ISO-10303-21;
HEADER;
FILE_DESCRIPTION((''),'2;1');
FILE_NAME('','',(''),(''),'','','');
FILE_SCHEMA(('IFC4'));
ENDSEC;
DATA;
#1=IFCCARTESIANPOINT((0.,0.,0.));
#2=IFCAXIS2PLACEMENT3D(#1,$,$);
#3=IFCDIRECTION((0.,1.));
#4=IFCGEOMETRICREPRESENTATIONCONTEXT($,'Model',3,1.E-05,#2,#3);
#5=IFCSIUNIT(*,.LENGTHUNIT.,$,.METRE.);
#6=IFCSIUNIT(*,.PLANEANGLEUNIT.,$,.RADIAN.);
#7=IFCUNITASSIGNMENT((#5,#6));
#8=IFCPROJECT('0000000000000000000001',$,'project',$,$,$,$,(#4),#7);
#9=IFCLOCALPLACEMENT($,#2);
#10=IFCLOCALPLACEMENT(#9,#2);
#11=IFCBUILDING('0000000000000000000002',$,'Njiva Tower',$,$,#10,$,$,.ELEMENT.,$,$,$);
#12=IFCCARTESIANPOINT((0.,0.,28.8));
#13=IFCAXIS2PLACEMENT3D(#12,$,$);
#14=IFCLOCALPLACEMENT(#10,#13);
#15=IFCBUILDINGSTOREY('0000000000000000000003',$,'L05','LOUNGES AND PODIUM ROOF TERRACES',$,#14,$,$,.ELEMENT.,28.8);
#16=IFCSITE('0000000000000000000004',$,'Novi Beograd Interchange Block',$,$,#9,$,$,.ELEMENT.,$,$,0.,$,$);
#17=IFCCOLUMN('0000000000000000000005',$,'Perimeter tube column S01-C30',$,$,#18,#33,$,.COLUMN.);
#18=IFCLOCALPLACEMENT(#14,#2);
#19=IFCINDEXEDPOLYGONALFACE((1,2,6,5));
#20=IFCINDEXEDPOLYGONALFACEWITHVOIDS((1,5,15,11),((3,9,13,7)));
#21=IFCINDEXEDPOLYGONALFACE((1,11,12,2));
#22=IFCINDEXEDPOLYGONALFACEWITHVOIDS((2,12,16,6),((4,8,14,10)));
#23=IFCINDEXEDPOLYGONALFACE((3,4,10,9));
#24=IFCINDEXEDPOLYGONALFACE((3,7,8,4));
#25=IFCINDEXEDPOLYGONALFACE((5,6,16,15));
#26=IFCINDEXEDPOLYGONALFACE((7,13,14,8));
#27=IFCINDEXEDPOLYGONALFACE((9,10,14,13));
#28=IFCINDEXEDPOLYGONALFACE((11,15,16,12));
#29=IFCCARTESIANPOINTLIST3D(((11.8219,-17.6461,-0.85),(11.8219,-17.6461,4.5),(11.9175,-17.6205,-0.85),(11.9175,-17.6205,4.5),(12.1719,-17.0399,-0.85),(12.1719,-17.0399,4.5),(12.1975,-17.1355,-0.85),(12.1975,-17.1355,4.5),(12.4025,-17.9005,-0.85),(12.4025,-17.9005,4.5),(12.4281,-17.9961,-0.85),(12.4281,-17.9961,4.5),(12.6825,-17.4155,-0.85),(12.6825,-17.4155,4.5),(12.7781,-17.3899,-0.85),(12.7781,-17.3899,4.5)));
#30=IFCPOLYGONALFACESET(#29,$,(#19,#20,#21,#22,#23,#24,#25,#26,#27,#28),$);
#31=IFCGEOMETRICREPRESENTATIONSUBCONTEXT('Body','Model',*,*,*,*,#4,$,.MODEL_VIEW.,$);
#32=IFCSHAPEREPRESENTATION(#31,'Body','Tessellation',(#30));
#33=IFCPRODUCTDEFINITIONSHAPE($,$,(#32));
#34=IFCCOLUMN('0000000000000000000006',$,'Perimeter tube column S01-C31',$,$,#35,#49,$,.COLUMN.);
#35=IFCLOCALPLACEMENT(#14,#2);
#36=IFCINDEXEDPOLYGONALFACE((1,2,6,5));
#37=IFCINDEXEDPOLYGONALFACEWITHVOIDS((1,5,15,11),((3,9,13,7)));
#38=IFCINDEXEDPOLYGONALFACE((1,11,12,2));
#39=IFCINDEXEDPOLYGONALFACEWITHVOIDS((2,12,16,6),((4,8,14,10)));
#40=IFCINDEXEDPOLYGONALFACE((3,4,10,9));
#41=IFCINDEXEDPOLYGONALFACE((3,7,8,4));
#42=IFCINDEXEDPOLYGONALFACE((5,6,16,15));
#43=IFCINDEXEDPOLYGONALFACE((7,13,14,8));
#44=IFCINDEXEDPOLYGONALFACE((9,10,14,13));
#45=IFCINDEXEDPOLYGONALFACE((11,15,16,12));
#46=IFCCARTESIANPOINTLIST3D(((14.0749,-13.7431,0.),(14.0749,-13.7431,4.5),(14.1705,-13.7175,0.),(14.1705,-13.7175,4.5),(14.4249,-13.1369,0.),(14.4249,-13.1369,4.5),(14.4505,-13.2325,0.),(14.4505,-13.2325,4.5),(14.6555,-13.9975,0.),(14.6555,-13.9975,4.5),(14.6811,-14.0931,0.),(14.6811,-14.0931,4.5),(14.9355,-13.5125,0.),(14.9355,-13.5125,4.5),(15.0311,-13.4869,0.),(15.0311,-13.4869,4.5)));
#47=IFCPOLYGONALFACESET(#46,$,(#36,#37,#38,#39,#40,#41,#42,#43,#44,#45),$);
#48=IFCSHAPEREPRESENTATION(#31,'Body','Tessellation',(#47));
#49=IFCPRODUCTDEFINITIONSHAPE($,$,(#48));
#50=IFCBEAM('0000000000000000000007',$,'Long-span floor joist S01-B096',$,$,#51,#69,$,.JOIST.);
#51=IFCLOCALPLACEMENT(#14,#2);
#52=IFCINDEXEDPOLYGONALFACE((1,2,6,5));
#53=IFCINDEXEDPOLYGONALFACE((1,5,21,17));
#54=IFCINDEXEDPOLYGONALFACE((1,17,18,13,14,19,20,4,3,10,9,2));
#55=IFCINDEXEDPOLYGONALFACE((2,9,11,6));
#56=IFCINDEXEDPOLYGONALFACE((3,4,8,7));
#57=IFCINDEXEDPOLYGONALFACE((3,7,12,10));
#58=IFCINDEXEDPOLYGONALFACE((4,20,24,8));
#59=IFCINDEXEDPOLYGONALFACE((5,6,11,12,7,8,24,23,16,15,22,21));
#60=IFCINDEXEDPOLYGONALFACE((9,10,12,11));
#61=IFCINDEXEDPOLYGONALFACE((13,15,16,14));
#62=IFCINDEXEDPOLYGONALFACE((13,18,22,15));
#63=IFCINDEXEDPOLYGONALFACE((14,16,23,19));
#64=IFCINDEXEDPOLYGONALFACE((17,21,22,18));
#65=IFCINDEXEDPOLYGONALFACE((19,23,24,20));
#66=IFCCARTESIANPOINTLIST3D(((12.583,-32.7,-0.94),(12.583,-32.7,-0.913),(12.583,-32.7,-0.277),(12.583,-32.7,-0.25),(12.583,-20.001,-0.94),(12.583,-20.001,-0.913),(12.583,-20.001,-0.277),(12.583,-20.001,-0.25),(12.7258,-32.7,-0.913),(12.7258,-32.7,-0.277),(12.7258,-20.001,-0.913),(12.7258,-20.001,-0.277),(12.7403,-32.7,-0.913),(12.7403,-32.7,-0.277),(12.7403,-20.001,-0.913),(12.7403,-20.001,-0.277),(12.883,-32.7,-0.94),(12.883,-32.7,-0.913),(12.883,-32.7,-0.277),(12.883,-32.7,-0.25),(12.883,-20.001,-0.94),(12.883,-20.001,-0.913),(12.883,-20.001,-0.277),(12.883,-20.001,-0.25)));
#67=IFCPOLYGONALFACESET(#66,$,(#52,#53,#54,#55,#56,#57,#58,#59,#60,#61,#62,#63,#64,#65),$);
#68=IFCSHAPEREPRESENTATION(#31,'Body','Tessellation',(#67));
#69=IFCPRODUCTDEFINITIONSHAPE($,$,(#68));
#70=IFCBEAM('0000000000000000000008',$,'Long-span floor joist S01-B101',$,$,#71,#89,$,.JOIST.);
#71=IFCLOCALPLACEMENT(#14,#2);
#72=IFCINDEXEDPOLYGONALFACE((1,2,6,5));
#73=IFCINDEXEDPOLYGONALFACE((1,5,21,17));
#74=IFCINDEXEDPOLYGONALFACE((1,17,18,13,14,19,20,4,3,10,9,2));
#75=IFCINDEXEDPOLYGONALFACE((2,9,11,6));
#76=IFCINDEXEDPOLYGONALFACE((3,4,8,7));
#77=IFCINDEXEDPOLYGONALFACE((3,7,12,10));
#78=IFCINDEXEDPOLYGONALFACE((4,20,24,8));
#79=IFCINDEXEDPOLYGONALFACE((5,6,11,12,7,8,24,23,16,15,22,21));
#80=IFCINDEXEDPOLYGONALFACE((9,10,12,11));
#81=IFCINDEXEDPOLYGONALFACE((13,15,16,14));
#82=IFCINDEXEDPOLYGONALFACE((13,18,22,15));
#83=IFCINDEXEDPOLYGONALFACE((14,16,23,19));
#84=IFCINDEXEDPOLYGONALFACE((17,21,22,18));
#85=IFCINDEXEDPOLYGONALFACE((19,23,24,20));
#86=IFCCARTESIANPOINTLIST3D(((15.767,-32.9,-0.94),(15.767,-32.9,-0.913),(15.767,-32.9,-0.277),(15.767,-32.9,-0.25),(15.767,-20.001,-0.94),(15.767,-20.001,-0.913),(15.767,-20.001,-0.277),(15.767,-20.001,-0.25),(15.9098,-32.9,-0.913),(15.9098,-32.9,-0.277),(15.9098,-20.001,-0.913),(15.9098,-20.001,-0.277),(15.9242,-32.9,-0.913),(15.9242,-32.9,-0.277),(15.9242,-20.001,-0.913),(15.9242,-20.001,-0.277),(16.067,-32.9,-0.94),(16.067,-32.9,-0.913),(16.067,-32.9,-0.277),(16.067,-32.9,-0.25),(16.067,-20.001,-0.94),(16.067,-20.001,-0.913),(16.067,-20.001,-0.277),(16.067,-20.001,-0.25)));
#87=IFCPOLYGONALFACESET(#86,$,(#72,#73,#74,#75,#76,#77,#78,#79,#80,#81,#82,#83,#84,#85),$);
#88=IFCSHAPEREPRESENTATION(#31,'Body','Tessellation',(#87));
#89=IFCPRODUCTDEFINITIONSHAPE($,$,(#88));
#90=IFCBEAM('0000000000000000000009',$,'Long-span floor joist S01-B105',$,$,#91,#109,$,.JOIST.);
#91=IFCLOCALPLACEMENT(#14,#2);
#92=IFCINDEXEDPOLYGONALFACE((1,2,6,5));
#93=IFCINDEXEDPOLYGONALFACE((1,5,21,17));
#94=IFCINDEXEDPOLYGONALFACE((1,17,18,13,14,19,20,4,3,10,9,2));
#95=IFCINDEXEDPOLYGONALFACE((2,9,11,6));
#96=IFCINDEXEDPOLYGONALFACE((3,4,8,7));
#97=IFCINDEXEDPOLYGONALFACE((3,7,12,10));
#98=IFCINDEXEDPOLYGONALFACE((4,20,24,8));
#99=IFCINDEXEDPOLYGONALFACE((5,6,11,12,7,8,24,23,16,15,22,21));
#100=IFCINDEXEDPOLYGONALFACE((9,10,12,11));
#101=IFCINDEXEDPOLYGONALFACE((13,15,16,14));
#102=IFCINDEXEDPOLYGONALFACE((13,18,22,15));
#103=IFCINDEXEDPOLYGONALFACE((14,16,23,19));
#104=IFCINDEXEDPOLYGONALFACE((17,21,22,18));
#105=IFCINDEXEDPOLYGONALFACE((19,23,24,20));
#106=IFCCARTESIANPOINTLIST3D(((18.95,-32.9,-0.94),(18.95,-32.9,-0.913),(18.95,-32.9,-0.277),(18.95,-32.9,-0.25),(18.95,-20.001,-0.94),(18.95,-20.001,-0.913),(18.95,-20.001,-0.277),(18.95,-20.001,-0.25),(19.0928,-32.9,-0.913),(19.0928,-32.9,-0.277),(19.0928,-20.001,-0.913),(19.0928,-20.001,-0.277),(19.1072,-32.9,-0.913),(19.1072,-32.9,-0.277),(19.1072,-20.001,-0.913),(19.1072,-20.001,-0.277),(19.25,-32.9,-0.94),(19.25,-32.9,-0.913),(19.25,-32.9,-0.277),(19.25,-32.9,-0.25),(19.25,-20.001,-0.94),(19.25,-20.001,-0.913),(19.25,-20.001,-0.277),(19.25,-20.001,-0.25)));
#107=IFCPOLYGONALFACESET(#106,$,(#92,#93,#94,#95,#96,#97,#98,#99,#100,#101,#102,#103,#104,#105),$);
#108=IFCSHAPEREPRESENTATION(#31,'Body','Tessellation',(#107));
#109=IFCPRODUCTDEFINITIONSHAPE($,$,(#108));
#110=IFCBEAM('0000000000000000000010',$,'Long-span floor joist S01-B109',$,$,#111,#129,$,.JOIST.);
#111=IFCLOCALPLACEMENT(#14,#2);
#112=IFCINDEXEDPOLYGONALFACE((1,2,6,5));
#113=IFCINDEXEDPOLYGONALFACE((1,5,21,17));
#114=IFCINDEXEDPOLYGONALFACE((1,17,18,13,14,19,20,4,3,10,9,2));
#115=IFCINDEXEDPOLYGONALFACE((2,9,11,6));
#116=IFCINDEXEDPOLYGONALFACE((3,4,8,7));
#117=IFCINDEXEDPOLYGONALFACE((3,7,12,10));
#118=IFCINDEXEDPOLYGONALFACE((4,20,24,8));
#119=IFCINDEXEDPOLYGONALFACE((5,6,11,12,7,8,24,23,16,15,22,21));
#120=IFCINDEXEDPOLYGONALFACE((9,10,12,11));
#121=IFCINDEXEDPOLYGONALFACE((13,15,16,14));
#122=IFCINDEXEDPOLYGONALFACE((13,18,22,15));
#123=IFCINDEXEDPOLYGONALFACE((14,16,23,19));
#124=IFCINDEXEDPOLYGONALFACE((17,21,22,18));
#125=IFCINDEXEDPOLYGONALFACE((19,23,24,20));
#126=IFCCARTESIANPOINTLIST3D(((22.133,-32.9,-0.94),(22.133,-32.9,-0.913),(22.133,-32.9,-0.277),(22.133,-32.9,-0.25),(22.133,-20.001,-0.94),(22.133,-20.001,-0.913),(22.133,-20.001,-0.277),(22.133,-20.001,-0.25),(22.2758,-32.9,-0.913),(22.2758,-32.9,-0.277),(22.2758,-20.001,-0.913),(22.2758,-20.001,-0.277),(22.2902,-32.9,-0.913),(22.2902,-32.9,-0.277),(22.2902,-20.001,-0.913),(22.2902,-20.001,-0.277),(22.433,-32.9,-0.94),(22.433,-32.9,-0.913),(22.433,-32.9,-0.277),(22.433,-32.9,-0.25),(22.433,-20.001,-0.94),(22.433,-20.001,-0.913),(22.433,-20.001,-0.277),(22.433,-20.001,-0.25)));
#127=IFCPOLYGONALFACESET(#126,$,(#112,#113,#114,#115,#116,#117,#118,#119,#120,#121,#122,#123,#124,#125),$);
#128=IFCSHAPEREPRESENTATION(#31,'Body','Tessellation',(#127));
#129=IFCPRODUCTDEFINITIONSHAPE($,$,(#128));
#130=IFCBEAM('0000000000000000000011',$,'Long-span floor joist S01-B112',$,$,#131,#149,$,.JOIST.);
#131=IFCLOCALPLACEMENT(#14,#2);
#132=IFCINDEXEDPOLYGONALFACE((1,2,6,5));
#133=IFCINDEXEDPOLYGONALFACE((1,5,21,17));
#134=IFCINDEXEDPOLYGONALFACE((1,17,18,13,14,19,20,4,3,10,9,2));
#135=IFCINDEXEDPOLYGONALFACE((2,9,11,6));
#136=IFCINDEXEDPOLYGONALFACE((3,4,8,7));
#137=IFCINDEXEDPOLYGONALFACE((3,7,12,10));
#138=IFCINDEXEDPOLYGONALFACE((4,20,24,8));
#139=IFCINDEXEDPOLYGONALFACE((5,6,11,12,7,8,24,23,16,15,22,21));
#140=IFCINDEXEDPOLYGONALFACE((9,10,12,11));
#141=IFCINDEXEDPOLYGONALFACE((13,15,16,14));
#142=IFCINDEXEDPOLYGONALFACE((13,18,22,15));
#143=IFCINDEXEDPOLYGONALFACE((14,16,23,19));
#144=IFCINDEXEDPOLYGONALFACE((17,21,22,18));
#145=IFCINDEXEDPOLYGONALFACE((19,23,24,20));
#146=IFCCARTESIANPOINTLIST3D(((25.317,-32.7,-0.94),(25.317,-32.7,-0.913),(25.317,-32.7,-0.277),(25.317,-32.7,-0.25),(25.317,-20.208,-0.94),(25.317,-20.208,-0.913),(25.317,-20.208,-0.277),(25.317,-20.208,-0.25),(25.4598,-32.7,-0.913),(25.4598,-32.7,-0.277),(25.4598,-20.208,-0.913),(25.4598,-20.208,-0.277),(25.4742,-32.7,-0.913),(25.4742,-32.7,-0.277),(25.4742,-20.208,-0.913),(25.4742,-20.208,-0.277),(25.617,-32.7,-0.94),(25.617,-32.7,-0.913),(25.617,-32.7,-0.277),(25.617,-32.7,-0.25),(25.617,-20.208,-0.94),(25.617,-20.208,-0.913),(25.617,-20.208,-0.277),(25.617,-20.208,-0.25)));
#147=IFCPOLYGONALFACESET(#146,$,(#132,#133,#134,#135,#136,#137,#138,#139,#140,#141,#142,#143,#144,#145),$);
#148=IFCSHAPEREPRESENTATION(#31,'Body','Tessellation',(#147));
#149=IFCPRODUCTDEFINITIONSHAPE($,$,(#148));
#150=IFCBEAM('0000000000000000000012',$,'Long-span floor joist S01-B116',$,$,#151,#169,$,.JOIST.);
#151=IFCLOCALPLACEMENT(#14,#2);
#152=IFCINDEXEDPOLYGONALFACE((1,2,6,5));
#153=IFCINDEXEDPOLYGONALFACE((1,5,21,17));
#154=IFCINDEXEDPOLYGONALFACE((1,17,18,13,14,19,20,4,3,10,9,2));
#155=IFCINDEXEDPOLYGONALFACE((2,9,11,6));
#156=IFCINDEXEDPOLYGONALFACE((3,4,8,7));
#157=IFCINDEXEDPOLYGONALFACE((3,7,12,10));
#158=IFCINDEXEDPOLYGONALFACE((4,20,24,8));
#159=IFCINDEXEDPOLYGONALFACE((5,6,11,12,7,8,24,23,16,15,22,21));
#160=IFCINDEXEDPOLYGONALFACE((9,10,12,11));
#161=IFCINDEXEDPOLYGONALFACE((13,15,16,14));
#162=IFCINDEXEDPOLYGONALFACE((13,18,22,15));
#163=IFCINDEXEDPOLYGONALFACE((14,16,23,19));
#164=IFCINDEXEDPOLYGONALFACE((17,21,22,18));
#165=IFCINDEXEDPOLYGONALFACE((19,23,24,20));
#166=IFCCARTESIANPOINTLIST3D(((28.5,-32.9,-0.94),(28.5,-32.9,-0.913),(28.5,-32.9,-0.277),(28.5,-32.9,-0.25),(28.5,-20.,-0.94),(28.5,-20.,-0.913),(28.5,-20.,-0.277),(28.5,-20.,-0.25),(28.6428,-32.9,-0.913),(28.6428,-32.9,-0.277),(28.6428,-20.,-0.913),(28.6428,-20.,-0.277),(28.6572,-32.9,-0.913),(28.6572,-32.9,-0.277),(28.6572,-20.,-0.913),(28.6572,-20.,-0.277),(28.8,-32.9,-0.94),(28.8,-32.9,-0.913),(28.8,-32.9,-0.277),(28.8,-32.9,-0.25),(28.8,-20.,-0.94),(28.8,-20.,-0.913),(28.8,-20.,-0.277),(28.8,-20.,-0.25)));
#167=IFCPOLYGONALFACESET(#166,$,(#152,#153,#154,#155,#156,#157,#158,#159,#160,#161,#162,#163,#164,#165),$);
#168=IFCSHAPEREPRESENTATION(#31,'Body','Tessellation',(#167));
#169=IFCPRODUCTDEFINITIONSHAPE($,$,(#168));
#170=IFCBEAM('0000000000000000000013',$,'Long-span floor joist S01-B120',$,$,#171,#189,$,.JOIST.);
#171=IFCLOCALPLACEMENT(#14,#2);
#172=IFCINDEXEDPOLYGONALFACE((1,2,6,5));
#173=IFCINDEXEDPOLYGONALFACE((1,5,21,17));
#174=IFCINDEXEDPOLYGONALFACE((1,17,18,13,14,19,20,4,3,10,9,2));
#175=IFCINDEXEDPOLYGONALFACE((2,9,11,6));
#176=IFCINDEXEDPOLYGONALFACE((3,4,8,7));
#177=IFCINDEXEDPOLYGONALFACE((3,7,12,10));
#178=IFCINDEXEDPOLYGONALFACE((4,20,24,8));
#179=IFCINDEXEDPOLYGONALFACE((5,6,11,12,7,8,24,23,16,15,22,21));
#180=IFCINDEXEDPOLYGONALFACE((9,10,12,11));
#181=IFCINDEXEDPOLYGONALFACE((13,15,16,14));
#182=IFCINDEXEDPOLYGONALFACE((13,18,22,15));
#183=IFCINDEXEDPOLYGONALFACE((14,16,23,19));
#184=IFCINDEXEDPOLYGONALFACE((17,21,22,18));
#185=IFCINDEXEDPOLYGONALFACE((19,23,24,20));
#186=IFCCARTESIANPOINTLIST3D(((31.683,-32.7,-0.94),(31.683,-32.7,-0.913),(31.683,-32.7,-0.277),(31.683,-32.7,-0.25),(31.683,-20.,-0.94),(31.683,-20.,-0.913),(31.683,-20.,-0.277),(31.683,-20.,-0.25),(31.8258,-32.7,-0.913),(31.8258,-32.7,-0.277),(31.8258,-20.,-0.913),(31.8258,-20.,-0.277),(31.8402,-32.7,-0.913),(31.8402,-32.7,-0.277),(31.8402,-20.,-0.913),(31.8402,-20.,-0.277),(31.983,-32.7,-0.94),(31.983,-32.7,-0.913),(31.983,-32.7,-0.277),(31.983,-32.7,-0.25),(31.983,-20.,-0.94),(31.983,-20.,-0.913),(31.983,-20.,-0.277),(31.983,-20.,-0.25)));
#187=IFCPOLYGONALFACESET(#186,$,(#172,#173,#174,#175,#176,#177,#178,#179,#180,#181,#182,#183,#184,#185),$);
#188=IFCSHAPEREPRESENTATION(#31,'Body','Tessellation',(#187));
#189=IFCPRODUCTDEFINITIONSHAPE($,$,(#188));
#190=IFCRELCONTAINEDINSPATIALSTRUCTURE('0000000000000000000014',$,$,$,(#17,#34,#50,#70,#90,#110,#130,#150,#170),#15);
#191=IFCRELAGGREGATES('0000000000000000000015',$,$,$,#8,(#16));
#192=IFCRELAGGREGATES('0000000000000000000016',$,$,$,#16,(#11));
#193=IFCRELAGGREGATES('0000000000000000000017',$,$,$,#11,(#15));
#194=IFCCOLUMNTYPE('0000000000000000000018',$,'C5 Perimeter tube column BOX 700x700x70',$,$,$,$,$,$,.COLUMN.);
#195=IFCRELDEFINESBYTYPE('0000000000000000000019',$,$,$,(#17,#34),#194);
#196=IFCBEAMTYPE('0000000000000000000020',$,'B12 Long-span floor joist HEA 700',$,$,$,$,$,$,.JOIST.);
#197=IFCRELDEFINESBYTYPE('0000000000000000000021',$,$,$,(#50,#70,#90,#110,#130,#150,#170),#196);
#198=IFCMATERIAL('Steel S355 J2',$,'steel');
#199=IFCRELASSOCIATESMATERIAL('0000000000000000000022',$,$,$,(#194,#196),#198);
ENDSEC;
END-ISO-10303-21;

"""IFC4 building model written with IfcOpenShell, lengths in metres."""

from ifc_helpers import new_model, si_unit, direction, frame, origin, origin_2d, place, context, subcontext, project, spatial, hollow_rectangle, i_section, extrude, material, material_profile, profile_set, type_object, element, save


model = new_model("IFC4")

# Units and contexts
model_context = context("Model", 3, precision=1e-05, world=origin(), true_north=direction((0.0, 1.0)))
body_context = subcontext(model_context, "Body", "Model", "MODEL_VIEW")
ifc_project = project(units=[si_unit("LENGTHUNIT", "METRE"), si_unit("PLANEANGLEUNIT", "RADIAN")], contexts=[model_context])

# Site, building, storey
site_placement = place(None, origin())
site = spatial("IfcSite", under=ifc_project, at=site_placement, Name="Novi Beograd Interchange Block", CompositionType="ELEMENT", RefElevation=0.0)
building_placement = place(site_placement, origin())
building = spatial("IfcBuilding", under=site, at=building_placement, Name="Njiva Tower", CompositionType="ELEMENT")
storey_placement = place(building_placement, frame((0.0, 0.0, 28.8)))
storey = spatial("IfcBuildingStorey", under=building, at=storey_placement, Name="L05", Description="LOUNGES AND PODIUM ROOF TERRACES", CompositionType="ELEMENT", Elevation=28.8)

# Columns
ifc_material_1 = material(Name="Steel S355 J2", Category="steel")
ifc_material_profile_1 = material_profile(ifc_material_1, hollow_rectangle(XDim=0.7, YDim=0.7, WallThickness=0.07, at=origin_2d()), Name="BOX 700x700x70")
ifc_profile_set_1 = profile_set([ifc_material_profile_1], Name="Steel S355 J2")
column_type = type_object("IfcColumnType", Name="C5 Perimeter tube column BOX 700x700x70", PredefinedType="COLUMN", material=ifc_profile_set_1)
column_1_placement = place(storey_placement, frame((12.3, -17.518, -0.85), z_axis=(0.0, 0.0, 1.0), x_axis=(0.5, 0.866025, 0.0)))
element("IfcColumn", 1, at=column_1_placement, inside=storey, type_object=column_type, Name="Perimeter tube column S01-C30", PredefinedType="COLUMN", context=body_context, shape_type="SweptSolid", body=[
    extrude(hollow_rectangle(XDim=0.7, YDim=0.7, WallThickness=0.07, at=origin_2d()), origin(), (0.0, 0.0, 1.0), 5.35),
])
column_2_placement = place(storey_placement, frame((14.553, -13.615, 0.0), z_axis=(0.0, 0.0, 1.0), x_axis=(0.5, 0.866025, 0.0)))
element("IfcColumn", 2, at=column_2_placement, inside=storey, type_object=column_type, Name="Perimeter tube column S01-C31", PredefinedType="COLUMN", context=body_context, shape_type="SweptSolid", body=[
    extrude(hollow_rectangle(XDim=0.7, YDim=0.7, WallThickness=0.07, at=origin_2d()), origin(), (0.0, 0.0, 1.0), 4.5),
])

# Beams
ifc_material_profile_2 = material_profile(ifc_material_1, i_section(OverallWidth=0.3, OverallDepth=0.69, WebThickness=0.0145, FlangeThickness=0.027, at=origin_2d()), Name="HEA 700")
ifc_profile_set_2 = profile_set([ifc_material_profile_2], Name="Steel S355 J2")
beam_type_1 = type_object("IfcBeamType", Name="B12 Long-span floor joist HEA 700", PredefinedType="JOIST", material=ifc_profile_set_2)
beam_1_placement = place(storey_placement, frame((12.733, -20.001, -0.595), z_axis=(0.0, -1.0, 0.0), x_axis=(1.0, 0.0, 0.0)))
element("IfcBeam", 3, at=beam_1_placement, inside=storey, type_object=beam_type_1, Name="Long-span floor joist S01-B096", PredefinedType="JOIST", context=body_context, shape_type="SweptSolid", body=[
    extrude(i_section(OverallWidth=0.3, OverallDepth=0.69, WebThickness=0.0145, FlangeThickness=0.027, at=origin_2d()), origin(), (0.0, 0.0, 1.0), 12.699),
])
for number, where, z_axis, x_axis, name in (
    (4, (15.917, -20.001, -0.595), (0.0, -1.0, 0.0), (1.0, 0.0, 0.0), "Long-span floor joist S01-B101"),
    (5, (19.1, -20.001, -0.595), (0.0, -1.0, 0.0), (1.0, 0.0, 0.0), "Long-span floor joist S01-B105"),
    (6, (22.283, -20.001, -0.595), (0.0, -1.0, 0.0), (1.0, 0.0, 0.0), "Long-span floor joist S01-B109"),
):
    element("IfcBeam", number, at=place(storey_placement, frame(where, z_axis=z_axis, x_axis=x_axis)), inside=storey, type_object=beam_type_1, Name=name, PredefinedType="JOIST", context=body_context, shape_type="SweptSolid", body=[
        extrude(i_section(OverallWidth=0.3, OverallDepth=0.69, WebThickness=0.0145, FlangeThickness=0.027, at=origin_2d()), origin(), (0.0, 0.0, 1.0), 12.899),
    ])
beam_2_placement = place(storey_placement, frame((25.467, -20.208, -0.595), z_axis=(0.0, -1.0, 0.0), x_axis=(1.0, 0.0, 0.0)))
element("IfcBeam", 7, at=beam_2_placement, inside=storey, type_object=beam_type_1, Name="Long-span floor joist S01-B112", PredefinedType="JOIST", context=body_context, shape_type="SweptSolid", body=[
    extrude(i_section(OverallWidth=0.3, OverallDepth=0.69, WebThickness=0.0145, FlangeThickness=0.027, at=origin_2d()), origin(), (0.0, 0.0, 1.0), 12.492),
])
beam_3_placement = place(storey_placement, frame((28.65, -20.0, -0.595), z_axis=(0.0, -1.0, 0.0), x_axis=(1.0, 0.0, 0.0)))
element("IfcBeam", 8, at=beam_3_placement, inside=storey, type_object=beam_type_1, Name="Long-span floor joist S01-B116", PredefinedType="JOIST", context=body_context, shape_type="SweptSolid", body=[
    extrude(i_section(OverallWidth=0.3, OverallDepth=0.69, WebThickness=0.0145, FlangeThickness=0.027, at=origin_2d()), origin(), (0.0, 0.0, 1.0), 12.9),
])
beam_4_placement = place(storey_placement, frame((31.833, -20.0, -0.595), z_axis=(0.0, -1.0, 0.0), x_axis=(1.0, 0.0, 0.0)))
element("IfcBeam", 9, at=beam_4_placement, inside=storey, type_object=beam_type_1, Name="Long-span floor joist S01-B120", PredefinedType="JOIST", context=body_context, shape_type="SweptSolid", body=[
    extrude(i_section(OverallWidth=0.3, OverallDepth=0.69, WebThickness=0.0145, FlangeThickness=0.027, at=origin_2d()), origin(), (0.0, 0.0, 1.0), 12.7),
])

save(model, "model.ifc")
